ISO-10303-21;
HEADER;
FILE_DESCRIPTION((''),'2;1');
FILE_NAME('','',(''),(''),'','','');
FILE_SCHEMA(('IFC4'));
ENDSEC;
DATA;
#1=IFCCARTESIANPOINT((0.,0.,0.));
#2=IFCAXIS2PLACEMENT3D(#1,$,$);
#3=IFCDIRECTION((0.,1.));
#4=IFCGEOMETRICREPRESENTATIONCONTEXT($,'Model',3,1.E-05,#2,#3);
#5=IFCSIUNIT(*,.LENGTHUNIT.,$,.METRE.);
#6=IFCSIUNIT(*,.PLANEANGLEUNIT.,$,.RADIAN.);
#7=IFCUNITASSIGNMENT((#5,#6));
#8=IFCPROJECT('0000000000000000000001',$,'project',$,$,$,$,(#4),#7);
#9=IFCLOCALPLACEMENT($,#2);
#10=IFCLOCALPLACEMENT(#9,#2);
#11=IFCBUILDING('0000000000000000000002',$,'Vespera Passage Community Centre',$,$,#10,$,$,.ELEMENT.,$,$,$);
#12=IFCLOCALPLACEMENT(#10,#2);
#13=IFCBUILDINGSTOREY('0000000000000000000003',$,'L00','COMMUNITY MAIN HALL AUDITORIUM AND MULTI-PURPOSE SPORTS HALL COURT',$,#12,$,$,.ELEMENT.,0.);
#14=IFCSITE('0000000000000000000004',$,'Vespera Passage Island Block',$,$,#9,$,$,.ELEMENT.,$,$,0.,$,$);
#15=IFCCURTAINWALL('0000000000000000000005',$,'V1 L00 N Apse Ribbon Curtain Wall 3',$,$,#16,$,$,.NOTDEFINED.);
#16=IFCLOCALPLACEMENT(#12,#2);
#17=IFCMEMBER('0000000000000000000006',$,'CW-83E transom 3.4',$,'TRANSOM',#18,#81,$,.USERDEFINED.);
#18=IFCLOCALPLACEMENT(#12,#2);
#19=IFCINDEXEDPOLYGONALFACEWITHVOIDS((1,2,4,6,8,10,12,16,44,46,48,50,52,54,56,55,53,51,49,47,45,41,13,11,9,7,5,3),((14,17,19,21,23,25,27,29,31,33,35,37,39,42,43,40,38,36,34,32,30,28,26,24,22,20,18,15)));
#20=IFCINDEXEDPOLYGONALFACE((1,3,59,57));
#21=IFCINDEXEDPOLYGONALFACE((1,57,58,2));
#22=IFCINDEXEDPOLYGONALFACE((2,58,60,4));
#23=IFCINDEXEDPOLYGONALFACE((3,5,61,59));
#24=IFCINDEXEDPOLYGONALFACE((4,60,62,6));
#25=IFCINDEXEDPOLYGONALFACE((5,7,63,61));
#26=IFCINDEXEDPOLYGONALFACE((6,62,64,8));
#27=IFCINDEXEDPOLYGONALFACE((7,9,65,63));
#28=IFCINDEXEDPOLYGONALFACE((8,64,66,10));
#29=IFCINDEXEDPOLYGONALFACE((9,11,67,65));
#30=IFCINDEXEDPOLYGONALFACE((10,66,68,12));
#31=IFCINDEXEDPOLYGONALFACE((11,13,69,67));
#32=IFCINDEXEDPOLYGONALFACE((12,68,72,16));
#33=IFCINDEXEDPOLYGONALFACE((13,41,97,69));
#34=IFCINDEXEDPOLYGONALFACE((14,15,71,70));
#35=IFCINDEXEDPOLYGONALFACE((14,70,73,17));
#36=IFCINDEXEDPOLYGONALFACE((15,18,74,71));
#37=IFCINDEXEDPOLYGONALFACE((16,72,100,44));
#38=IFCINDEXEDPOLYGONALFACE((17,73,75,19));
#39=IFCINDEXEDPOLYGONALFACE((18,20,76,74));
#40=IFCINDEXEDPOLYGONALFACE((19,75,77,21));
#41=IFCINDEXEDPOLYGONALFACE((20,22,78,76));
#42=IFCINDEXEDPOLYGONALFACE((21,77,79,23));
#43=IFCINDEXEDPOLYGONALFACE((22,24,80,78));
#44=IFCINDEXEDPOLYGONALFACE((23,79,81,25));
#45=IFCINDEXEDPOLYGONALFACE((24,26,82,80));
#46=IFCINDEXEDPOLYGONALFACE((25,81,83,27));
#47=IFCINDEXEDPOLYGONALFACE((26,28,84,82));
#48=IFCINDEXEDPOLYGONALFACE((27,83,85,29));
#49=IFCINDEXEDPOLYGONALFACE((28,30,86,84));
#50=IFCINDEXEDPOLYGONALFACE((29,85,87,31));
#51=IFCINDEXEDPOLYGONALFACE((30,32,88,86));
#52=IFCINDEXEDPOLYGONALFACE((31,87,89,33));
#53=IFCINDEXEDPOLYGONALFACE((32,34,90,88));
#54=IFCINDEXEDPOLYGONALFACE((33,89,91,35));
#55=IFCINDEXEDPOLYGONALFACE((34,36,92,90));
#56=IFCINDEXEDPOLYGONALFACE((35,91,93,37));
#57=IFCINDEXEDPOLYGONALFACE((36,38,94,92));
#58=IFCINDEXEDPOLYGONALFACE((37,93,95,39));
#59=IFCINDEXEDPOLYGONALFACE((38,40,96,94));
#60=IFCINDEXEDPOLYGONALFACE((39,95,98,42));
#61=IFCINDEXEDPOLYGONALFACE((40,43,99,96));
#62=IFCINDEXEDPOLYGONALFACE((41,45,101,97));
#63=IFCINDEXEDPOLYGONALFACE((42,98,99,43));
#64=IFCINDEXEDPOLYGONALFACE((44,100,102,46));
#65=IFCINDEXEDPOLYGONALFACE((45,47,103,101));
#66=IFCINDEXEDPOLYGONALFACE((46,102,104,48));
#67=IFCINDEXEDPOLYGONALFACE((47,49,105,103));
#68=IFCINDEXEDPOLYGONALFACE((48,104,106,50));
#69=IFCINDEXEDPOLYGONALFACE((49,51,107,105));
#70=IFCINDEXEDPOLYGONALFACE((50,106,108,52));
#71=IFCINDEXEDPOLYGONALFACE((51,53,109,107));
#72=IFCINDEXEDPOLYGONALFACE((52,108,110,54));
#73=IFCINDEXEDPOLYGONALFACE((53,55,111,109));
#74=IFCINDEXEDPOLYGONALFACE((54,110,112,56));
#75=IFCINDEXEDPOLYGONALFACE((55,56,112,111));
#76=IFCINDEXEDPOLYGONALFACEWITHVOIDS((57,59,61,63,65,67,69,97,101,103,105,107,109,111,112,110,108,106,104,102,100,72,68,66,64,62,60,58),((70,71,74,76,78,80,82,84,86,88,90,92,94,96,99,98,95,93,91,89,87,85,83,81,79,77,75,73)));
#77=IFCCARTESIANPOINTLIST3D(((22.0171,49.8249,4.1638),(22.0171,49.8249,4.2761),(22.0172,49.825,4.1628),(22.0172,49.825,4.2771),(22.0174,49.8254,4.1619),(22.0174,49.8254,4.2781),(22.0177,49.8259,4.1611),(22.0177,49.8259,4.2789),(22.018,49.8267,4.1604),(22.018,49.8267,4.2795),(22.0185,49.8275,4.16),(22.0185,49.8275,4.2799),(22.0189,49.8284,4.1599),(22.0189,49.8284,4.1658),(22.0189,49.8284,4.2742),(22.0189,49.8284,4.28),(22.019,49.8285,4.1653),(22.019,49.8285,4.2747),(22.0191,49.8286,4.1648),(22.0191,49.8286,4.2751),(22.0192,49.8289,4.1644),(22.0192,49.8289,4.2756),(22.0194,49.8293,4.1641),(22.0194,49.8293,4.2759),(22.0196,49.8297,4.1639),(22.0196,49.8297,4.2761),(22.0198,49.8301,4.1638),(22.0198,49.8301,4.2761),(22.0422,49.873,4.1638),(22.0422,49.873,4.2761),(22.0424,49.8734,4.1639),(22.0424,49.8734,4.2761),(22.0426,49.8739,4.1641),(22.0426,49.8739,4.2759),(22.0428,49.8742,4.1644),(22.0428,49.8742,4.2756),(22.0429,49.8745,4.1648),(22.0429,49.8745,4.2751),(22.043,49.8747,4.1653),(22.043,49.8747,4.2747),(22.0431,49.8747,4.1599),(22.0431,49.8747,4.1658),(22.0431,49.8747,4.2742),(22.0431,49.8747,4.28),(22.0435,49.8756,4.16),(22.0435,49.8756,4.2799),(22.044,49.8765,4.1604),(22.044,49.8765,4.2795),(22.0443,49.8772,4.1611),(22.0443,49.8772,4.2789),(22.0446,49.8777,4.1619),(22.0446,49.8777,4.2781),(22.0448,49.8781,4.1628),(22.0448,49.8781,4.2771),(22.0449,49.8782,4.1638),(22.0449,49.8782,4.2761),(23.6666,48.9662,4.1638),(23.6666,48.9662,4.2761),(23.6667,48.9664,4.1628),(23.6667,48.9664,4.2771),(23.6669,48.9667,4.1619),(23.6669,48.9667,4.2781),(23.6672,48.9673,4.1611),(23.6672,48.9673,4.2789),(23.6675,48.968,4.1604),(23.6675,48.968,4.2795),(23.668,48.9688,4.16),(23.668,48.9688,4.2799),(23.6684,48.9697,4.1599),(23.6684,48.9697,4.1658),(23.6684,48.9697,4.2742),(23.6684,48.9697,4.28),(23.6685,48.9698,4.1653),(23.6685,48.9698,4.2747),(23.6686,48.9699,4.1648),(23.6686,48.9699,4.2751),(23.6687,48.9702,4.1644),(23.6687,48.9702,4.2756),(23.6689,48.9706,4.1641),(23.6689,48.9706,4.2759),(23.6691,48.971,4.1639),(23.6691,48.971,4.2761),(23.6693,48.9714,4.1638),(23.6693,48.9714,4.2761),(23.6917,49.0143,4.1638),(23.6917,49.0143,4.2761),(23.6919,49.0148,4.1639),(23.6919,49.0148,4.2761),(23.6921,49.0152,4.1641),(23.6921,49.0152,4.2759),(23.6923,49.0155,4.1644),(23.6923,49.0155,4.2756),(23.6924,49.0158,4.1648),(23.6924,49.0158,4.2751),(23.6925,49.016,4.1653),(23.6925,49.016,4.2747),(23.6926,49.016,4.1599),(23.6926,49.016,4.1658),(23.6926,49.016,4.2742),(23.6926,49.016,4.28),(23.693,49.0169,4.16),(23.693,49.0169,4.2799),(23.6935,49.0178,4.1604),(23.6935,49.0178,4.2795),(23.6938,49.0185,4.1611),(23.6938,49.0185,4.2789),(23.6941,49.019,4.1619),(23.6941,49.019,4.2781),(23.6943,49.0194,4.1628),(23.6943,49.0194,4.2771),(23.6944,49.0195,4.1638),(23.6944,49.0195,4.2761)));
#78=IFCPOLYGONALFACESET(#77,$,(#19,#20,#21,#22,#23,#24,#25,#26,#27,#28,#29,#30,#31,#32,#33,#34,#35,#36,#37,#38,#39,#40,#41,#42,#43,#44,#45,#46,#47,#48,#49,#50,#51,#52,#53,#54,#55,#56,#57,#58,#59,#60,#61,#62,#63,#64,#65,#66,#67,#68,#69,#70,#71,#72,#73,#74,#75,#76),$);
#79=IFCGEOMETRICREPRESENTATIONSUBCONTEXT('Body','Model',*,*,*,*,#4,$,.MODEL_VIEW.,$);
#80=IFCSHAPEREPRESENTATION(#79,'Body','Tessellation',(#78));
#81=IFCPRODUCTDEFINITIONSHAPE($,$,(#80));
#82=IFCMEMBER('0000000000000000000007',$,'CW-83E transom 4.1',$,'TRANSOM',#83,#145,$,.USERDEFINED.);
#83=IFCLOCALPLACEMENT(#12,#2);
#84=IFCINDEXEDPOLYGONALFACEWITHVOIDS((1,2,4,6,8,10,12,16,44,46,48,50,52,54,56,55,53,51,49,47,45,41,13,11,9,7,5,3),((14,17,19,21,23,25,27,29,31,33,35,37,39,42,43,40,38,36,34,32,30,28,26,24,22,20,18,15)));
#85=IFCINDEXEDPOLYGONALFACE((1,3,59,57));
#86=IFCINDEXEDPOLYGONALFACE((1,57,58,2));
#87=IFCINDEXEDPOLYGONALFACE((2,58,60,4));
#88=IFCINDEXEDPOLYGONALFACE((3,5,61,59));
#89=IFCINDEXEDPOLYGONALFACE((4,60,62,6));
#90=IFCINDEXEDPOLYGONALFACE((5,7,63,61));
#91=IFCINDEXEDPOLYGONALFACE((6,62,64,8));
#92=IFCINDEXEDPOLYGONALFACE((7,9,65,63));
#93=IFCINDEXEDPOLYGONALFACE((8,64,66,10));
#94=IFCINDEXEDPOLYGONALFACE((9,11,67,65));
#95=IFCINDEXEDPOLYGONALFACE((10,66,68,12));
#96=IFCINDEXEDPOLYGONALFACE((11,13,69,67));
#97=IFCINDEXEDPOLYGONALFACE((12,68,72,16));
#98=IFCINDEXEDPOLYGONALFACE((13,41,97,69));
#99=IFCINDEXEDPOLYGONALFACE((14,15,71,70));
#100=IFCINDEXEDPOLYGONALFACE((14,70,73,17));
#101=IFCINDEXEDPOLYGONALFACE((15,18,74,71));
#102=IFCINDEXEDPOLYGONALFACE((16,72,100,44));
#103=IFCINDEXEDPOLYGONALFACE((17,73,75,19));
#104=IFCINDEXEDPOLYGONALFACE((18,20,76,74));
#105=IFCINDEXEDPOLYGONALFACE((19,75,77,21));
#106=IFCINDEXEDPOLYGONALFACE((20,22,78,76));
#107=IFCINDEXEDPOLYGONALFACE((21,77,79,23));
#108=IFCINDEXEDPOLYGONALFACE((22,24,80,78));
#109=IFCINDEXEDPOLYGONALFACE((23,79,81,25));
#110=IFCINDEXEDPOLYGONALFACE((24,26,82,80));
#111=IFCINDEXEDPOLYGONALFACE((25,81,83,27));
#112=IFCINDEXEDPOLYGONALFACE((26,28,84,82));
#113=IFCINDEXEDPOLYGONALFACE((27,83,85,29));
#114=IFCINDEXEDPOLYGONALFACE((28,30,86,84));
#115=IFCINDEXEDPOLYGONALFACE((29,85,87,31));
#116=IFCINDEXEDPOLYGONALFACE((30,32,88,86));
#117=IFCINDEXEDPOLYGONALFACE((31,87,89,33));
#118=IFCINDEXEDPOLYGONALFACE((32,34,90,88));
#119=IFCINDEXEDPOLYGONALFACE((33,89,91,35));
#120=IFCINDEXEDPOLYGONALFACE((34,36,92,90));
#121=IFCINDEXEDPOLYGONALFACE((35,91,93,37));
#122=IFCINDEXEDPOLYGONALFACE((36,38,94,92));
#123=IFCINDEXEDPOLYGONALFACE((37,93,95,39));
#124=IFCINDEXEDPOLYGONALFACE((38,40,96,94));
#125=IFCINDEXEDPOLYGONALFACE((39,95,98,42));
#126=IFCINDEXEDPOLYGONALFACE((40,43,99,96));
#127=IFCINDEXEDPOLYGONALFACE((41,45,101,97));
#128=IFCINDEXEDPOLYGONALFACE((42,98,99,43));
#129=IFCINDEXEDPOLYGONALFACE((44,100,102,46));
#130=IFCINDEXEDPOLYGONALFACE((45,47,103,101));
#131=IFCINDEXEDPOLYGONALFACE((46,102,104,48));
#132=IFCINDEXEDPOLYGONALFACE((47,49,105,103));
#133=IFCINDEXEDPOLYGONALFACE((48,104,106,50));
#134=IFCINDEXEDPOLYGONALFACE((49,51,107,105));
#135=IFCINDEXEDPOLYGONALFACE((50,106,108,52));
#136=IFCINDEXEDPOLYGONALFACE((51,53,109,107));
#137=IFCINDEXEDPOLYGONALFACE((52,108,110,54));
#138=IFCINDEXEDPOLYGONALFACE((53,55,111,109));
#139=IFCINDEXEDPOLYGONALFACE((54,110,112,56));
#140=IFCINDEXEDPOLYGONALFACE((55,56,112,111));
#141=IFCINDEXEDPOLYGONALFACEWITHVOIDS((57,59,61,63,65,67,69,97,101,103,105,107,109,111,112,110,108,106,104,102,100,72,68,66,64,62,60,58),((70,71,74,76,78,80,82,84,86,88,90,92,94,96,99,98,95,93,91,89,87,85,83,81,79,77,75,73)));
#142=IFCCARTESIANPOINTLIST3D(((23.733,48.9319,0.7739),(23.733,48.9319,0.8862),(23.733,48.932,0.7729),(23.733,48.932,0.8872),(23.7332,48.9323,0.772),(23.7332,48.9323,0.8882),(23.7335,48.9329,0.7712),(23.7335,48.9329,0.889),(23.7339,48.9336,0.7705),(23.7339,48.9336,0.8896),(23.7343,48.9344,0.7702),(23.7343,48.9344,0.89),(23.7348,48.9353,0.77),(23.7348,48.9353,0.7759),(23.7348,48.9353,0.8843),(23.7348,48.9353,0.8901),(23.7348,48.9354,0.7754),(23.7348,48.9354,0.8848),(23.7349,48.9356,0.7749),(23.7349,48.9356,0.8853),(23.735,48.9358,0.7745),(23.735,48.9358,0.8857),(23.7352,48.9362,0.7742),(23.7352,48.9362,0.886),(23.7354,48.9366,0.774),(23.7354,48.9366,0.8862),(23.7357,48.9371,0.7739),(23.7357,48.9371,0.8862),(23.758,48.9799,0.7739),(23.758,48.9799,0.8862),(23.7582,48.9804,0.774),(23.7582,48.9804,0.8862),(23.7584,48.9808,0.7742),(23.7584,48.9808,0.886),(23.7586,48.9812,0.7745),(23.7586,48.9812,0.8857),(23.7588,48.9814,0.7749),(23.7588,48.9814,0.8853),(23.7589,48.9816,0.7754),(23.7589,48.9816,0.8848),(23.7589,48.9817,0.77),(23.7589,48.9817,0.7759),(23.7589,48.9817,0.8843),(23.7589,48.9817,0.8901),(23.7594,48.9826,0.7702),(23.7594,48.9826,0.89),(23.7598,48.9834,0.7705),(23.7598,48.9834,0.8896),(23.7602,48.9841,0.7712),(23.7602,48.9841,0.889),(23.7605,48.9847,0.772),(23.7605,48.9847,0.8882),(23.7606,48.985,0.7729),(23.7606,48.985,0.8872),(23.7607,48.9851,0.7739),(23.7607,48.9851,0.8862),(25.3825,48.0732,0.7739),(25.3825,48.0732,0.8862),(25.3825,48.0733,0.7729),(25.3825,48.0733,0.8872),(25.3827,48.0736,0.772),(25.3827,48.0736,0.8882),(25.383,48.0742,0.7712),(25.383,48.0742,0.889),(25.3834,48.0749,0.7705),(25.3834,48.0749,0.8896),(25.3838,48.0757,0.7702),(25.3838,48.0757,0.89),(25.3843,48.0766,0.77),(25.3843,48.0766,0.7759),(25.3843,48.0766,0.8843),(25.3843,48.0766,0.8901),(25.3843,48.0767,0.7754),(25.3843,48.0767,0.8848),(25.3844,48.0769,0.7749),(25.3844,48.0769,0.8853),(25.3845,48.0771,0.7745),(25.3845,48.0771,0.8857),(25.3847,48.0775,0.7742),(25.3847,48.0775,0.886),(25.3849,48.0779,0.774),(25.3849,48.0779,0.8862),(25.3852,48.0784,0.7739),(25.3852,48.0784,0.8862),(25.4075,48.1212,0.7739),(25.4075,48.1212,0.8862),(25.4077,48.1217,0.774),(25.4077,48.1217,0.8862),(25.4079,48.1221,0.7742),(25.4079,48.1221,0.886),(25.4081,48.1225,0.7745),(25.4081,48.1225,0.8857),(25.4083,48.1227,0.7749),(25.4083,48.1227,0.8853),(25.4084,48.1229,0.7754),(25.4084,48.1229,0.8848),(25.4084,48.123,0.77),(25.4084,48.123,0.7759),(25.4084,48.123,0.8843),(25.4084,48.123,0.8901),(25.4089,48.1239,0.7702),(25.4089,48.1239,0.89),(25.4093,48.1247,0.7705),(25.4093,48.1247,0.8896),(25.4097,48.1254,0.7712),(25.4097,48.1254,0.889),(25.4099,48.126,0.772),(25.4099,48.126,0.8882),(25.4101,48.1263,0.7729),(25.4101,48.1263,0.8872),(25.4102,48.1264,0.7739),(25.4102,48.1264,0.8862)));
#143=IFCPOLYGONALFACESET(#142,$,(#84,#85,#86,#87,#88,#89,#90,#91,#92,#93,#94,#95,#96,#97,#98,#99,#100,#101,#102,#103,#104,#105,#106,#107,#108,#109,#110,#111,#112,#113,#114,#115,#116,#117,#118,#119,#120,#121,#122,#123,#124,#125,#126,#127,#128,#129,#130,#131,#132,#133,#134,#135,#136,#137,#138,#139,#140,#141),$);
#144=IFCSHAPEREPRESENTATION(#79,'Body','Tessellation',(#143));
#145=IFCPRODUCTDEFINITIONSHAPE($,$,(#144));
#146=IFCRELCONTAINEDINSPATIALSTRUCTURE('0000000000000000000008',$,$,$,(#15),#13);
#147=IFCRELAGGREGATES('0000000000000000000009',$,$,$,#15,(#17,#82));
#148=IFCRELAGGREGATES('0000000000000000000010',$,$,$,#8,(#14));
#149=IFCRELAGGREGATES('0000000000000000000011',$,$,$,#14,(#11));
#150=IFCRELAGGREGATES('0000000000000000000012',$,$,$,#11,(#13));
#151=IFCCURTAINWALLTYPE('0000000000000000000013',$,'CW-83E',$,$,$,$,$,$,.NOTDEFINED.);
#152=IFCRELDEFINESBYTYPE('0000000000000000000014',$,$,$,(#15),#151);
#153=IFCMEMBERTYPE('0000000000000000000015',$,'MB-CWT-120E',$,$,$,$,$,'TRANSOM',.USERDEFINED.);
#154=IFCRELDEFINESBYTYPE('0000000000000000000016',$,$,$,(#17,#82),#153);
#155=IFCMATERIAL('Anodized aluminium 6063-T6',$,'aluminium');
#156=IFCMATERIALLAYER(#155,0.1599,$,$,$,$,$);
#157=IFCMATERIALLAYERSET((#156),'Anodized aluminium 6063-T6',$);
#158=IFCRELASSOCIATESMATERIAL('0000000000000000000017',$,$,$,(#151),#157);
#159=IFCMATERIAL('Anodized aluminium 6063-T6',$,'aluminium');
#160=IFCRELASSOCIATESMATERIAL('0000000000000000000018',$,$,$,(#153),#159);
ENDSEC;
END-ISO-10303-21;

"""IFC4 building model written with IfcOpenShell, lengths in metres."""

from ifc_helpers import new_model, si_unit, direction, frame, origin, origin_2d, place, context, subcontext, project, spatial, hollow_rectangle, extrude, material, layer, layer_set, material_profile, profile_set, type_object, element, aggregate, save


model = new_model("IFC4")

# Units and contexts
model_context = context("Model", 3, precision=1e-05, world=origin(), true_north=direction((0.0, 1.0)))
body_context = subcontext(model_context, "Body", "Model", "MODEL_VIEW")
ifc_project = project(units=[si_unit("LENGTHUNIT", "METRE"), si_unit("PLANEANGLEUNIT", "RADIAN")], contexts=[model_context])

# Site, building, storey
site_placement = place(None, origin())
site = spatial("IfcSite", under=ifc_project, at=site_placement, Name="Vespera Passage Island Block", CompositionType="ELEMENT", RefElevation=0.0)
building_placement = place(site_placement, origin())
building = spatial("IfcBuilding", under=site, at=building_placement, Name="Vespera Passage Community Centre", CompositionType="ELEMENT")
storey_placement = place(building_placement, origin())
storey = spatial("IfcBuildingStorey", under=building, at=storey_placement, Name="L00", Description="COMMUNITY MAIN HALL AUDITORIUM AND MULTI-PURPOSE SPORTS HALL COURT", CompositionType="ELEMENT", Elevation=0.0)

# Curtain wall, members
ifc_material_1 = material(Name="Anodized aluminium 6063-T6", Category="aluminium")
ifc_layer_1 = layer(ifc_material_1, 0.1599)
ifc_layer_set_1 = layer_set([ifc_layer_1], Name="Anodized aluminium 6063-T6")
curtain_wall_type = type_object("IfcCurtainWallType", Name="CW-83E", PredefinedType="NOTDEFINED", material=ifc_layer_set_1)
curtain_wall_placement = place(storey_placement, origin())
curtain_wall = element("IfcCurtainWall", 1, at=curtain_wall_placement, inside=storey, type_object=curtain_wall_type, Name="V1 L00 N Apse Ribbon Curtain Wall 3", PredefinedType="NOTDEFINED")
ifc_material_2 = material(Name="Anodized aluminium 6063-T6", Category="aluminium")
ifc_material_profile_1 = material_profile(ifc_material_2, hollow_rectangle(XDim=0.0601, YDim=0.1201, WallThickness=0.0039, InnerFilletRadius=0.002, OuterFilletRadius=0.0039, at=origin_2d()), Name="ALU120X60X4")
ifc_profile_set_1 = profile_set([ifc_material_profile_1], Name="Anodized aluminium 6063-T6")
member_type_1 = type_object("IfcMemberType", Name="MB-CWT-120E", ElementType="TRANSOM", PredefinedType="USERDEFINED", material=ifc_profile_set_1)
member_1_placement = place(storey_placement, frame((22.031, 49.8516, 4.22), z_axis=(0.887008, -0.461754, 0.0), x_axis=(0.461754, 0.887008, 0.0)))
member_1 = element("IfcMember", 2, at=member_1_placement, type_object=member_type_1, Name="CW-83E transom 3.4", ObjectType="TRANSOM", PredefinedType="USERDEFINED", context=body_context, shape_type="SweptSolid", body=[
    extrude(hollow_rectangle(XDim=0.0601, YDim=0.1201, WallThickness=0.0039, InnerFilletRadius=0.002, OuterFilletRadius=0.0039, at=origin_2d()), origin(), (0.0, 0.0, 1.0), 1.8596),
])
member_2_placement = place(storey_placement, frame((23.7468, 48.9585, 0.8301), z_axis=(0.887008, -0.461754, 0.0), x_axis=(0.461754, 0.887008, 0.0)))
member_2 = element("IfcMember", 3, at=member_2_placement, type_object=member_type_1, Name="CW-83E transom 4.1", ObjectType="TRANSOM", PredefinedType="USERDEFINED", context=body_context, shape_type="SweptSolid", body=[
    extrude(hollow_rectangle(XDim=0.0601, YDim=0.1201, WallThickness=0.0039, InnerFilletRadius=0.002, OuterFilletRadius=0.0039, at=origin_2d()), origin(), (0.0, 0.0, 1.0), 1.8596),
])
aggregate(curtain_wall, [member_1, member_2])

save(model, "model.ifc")
